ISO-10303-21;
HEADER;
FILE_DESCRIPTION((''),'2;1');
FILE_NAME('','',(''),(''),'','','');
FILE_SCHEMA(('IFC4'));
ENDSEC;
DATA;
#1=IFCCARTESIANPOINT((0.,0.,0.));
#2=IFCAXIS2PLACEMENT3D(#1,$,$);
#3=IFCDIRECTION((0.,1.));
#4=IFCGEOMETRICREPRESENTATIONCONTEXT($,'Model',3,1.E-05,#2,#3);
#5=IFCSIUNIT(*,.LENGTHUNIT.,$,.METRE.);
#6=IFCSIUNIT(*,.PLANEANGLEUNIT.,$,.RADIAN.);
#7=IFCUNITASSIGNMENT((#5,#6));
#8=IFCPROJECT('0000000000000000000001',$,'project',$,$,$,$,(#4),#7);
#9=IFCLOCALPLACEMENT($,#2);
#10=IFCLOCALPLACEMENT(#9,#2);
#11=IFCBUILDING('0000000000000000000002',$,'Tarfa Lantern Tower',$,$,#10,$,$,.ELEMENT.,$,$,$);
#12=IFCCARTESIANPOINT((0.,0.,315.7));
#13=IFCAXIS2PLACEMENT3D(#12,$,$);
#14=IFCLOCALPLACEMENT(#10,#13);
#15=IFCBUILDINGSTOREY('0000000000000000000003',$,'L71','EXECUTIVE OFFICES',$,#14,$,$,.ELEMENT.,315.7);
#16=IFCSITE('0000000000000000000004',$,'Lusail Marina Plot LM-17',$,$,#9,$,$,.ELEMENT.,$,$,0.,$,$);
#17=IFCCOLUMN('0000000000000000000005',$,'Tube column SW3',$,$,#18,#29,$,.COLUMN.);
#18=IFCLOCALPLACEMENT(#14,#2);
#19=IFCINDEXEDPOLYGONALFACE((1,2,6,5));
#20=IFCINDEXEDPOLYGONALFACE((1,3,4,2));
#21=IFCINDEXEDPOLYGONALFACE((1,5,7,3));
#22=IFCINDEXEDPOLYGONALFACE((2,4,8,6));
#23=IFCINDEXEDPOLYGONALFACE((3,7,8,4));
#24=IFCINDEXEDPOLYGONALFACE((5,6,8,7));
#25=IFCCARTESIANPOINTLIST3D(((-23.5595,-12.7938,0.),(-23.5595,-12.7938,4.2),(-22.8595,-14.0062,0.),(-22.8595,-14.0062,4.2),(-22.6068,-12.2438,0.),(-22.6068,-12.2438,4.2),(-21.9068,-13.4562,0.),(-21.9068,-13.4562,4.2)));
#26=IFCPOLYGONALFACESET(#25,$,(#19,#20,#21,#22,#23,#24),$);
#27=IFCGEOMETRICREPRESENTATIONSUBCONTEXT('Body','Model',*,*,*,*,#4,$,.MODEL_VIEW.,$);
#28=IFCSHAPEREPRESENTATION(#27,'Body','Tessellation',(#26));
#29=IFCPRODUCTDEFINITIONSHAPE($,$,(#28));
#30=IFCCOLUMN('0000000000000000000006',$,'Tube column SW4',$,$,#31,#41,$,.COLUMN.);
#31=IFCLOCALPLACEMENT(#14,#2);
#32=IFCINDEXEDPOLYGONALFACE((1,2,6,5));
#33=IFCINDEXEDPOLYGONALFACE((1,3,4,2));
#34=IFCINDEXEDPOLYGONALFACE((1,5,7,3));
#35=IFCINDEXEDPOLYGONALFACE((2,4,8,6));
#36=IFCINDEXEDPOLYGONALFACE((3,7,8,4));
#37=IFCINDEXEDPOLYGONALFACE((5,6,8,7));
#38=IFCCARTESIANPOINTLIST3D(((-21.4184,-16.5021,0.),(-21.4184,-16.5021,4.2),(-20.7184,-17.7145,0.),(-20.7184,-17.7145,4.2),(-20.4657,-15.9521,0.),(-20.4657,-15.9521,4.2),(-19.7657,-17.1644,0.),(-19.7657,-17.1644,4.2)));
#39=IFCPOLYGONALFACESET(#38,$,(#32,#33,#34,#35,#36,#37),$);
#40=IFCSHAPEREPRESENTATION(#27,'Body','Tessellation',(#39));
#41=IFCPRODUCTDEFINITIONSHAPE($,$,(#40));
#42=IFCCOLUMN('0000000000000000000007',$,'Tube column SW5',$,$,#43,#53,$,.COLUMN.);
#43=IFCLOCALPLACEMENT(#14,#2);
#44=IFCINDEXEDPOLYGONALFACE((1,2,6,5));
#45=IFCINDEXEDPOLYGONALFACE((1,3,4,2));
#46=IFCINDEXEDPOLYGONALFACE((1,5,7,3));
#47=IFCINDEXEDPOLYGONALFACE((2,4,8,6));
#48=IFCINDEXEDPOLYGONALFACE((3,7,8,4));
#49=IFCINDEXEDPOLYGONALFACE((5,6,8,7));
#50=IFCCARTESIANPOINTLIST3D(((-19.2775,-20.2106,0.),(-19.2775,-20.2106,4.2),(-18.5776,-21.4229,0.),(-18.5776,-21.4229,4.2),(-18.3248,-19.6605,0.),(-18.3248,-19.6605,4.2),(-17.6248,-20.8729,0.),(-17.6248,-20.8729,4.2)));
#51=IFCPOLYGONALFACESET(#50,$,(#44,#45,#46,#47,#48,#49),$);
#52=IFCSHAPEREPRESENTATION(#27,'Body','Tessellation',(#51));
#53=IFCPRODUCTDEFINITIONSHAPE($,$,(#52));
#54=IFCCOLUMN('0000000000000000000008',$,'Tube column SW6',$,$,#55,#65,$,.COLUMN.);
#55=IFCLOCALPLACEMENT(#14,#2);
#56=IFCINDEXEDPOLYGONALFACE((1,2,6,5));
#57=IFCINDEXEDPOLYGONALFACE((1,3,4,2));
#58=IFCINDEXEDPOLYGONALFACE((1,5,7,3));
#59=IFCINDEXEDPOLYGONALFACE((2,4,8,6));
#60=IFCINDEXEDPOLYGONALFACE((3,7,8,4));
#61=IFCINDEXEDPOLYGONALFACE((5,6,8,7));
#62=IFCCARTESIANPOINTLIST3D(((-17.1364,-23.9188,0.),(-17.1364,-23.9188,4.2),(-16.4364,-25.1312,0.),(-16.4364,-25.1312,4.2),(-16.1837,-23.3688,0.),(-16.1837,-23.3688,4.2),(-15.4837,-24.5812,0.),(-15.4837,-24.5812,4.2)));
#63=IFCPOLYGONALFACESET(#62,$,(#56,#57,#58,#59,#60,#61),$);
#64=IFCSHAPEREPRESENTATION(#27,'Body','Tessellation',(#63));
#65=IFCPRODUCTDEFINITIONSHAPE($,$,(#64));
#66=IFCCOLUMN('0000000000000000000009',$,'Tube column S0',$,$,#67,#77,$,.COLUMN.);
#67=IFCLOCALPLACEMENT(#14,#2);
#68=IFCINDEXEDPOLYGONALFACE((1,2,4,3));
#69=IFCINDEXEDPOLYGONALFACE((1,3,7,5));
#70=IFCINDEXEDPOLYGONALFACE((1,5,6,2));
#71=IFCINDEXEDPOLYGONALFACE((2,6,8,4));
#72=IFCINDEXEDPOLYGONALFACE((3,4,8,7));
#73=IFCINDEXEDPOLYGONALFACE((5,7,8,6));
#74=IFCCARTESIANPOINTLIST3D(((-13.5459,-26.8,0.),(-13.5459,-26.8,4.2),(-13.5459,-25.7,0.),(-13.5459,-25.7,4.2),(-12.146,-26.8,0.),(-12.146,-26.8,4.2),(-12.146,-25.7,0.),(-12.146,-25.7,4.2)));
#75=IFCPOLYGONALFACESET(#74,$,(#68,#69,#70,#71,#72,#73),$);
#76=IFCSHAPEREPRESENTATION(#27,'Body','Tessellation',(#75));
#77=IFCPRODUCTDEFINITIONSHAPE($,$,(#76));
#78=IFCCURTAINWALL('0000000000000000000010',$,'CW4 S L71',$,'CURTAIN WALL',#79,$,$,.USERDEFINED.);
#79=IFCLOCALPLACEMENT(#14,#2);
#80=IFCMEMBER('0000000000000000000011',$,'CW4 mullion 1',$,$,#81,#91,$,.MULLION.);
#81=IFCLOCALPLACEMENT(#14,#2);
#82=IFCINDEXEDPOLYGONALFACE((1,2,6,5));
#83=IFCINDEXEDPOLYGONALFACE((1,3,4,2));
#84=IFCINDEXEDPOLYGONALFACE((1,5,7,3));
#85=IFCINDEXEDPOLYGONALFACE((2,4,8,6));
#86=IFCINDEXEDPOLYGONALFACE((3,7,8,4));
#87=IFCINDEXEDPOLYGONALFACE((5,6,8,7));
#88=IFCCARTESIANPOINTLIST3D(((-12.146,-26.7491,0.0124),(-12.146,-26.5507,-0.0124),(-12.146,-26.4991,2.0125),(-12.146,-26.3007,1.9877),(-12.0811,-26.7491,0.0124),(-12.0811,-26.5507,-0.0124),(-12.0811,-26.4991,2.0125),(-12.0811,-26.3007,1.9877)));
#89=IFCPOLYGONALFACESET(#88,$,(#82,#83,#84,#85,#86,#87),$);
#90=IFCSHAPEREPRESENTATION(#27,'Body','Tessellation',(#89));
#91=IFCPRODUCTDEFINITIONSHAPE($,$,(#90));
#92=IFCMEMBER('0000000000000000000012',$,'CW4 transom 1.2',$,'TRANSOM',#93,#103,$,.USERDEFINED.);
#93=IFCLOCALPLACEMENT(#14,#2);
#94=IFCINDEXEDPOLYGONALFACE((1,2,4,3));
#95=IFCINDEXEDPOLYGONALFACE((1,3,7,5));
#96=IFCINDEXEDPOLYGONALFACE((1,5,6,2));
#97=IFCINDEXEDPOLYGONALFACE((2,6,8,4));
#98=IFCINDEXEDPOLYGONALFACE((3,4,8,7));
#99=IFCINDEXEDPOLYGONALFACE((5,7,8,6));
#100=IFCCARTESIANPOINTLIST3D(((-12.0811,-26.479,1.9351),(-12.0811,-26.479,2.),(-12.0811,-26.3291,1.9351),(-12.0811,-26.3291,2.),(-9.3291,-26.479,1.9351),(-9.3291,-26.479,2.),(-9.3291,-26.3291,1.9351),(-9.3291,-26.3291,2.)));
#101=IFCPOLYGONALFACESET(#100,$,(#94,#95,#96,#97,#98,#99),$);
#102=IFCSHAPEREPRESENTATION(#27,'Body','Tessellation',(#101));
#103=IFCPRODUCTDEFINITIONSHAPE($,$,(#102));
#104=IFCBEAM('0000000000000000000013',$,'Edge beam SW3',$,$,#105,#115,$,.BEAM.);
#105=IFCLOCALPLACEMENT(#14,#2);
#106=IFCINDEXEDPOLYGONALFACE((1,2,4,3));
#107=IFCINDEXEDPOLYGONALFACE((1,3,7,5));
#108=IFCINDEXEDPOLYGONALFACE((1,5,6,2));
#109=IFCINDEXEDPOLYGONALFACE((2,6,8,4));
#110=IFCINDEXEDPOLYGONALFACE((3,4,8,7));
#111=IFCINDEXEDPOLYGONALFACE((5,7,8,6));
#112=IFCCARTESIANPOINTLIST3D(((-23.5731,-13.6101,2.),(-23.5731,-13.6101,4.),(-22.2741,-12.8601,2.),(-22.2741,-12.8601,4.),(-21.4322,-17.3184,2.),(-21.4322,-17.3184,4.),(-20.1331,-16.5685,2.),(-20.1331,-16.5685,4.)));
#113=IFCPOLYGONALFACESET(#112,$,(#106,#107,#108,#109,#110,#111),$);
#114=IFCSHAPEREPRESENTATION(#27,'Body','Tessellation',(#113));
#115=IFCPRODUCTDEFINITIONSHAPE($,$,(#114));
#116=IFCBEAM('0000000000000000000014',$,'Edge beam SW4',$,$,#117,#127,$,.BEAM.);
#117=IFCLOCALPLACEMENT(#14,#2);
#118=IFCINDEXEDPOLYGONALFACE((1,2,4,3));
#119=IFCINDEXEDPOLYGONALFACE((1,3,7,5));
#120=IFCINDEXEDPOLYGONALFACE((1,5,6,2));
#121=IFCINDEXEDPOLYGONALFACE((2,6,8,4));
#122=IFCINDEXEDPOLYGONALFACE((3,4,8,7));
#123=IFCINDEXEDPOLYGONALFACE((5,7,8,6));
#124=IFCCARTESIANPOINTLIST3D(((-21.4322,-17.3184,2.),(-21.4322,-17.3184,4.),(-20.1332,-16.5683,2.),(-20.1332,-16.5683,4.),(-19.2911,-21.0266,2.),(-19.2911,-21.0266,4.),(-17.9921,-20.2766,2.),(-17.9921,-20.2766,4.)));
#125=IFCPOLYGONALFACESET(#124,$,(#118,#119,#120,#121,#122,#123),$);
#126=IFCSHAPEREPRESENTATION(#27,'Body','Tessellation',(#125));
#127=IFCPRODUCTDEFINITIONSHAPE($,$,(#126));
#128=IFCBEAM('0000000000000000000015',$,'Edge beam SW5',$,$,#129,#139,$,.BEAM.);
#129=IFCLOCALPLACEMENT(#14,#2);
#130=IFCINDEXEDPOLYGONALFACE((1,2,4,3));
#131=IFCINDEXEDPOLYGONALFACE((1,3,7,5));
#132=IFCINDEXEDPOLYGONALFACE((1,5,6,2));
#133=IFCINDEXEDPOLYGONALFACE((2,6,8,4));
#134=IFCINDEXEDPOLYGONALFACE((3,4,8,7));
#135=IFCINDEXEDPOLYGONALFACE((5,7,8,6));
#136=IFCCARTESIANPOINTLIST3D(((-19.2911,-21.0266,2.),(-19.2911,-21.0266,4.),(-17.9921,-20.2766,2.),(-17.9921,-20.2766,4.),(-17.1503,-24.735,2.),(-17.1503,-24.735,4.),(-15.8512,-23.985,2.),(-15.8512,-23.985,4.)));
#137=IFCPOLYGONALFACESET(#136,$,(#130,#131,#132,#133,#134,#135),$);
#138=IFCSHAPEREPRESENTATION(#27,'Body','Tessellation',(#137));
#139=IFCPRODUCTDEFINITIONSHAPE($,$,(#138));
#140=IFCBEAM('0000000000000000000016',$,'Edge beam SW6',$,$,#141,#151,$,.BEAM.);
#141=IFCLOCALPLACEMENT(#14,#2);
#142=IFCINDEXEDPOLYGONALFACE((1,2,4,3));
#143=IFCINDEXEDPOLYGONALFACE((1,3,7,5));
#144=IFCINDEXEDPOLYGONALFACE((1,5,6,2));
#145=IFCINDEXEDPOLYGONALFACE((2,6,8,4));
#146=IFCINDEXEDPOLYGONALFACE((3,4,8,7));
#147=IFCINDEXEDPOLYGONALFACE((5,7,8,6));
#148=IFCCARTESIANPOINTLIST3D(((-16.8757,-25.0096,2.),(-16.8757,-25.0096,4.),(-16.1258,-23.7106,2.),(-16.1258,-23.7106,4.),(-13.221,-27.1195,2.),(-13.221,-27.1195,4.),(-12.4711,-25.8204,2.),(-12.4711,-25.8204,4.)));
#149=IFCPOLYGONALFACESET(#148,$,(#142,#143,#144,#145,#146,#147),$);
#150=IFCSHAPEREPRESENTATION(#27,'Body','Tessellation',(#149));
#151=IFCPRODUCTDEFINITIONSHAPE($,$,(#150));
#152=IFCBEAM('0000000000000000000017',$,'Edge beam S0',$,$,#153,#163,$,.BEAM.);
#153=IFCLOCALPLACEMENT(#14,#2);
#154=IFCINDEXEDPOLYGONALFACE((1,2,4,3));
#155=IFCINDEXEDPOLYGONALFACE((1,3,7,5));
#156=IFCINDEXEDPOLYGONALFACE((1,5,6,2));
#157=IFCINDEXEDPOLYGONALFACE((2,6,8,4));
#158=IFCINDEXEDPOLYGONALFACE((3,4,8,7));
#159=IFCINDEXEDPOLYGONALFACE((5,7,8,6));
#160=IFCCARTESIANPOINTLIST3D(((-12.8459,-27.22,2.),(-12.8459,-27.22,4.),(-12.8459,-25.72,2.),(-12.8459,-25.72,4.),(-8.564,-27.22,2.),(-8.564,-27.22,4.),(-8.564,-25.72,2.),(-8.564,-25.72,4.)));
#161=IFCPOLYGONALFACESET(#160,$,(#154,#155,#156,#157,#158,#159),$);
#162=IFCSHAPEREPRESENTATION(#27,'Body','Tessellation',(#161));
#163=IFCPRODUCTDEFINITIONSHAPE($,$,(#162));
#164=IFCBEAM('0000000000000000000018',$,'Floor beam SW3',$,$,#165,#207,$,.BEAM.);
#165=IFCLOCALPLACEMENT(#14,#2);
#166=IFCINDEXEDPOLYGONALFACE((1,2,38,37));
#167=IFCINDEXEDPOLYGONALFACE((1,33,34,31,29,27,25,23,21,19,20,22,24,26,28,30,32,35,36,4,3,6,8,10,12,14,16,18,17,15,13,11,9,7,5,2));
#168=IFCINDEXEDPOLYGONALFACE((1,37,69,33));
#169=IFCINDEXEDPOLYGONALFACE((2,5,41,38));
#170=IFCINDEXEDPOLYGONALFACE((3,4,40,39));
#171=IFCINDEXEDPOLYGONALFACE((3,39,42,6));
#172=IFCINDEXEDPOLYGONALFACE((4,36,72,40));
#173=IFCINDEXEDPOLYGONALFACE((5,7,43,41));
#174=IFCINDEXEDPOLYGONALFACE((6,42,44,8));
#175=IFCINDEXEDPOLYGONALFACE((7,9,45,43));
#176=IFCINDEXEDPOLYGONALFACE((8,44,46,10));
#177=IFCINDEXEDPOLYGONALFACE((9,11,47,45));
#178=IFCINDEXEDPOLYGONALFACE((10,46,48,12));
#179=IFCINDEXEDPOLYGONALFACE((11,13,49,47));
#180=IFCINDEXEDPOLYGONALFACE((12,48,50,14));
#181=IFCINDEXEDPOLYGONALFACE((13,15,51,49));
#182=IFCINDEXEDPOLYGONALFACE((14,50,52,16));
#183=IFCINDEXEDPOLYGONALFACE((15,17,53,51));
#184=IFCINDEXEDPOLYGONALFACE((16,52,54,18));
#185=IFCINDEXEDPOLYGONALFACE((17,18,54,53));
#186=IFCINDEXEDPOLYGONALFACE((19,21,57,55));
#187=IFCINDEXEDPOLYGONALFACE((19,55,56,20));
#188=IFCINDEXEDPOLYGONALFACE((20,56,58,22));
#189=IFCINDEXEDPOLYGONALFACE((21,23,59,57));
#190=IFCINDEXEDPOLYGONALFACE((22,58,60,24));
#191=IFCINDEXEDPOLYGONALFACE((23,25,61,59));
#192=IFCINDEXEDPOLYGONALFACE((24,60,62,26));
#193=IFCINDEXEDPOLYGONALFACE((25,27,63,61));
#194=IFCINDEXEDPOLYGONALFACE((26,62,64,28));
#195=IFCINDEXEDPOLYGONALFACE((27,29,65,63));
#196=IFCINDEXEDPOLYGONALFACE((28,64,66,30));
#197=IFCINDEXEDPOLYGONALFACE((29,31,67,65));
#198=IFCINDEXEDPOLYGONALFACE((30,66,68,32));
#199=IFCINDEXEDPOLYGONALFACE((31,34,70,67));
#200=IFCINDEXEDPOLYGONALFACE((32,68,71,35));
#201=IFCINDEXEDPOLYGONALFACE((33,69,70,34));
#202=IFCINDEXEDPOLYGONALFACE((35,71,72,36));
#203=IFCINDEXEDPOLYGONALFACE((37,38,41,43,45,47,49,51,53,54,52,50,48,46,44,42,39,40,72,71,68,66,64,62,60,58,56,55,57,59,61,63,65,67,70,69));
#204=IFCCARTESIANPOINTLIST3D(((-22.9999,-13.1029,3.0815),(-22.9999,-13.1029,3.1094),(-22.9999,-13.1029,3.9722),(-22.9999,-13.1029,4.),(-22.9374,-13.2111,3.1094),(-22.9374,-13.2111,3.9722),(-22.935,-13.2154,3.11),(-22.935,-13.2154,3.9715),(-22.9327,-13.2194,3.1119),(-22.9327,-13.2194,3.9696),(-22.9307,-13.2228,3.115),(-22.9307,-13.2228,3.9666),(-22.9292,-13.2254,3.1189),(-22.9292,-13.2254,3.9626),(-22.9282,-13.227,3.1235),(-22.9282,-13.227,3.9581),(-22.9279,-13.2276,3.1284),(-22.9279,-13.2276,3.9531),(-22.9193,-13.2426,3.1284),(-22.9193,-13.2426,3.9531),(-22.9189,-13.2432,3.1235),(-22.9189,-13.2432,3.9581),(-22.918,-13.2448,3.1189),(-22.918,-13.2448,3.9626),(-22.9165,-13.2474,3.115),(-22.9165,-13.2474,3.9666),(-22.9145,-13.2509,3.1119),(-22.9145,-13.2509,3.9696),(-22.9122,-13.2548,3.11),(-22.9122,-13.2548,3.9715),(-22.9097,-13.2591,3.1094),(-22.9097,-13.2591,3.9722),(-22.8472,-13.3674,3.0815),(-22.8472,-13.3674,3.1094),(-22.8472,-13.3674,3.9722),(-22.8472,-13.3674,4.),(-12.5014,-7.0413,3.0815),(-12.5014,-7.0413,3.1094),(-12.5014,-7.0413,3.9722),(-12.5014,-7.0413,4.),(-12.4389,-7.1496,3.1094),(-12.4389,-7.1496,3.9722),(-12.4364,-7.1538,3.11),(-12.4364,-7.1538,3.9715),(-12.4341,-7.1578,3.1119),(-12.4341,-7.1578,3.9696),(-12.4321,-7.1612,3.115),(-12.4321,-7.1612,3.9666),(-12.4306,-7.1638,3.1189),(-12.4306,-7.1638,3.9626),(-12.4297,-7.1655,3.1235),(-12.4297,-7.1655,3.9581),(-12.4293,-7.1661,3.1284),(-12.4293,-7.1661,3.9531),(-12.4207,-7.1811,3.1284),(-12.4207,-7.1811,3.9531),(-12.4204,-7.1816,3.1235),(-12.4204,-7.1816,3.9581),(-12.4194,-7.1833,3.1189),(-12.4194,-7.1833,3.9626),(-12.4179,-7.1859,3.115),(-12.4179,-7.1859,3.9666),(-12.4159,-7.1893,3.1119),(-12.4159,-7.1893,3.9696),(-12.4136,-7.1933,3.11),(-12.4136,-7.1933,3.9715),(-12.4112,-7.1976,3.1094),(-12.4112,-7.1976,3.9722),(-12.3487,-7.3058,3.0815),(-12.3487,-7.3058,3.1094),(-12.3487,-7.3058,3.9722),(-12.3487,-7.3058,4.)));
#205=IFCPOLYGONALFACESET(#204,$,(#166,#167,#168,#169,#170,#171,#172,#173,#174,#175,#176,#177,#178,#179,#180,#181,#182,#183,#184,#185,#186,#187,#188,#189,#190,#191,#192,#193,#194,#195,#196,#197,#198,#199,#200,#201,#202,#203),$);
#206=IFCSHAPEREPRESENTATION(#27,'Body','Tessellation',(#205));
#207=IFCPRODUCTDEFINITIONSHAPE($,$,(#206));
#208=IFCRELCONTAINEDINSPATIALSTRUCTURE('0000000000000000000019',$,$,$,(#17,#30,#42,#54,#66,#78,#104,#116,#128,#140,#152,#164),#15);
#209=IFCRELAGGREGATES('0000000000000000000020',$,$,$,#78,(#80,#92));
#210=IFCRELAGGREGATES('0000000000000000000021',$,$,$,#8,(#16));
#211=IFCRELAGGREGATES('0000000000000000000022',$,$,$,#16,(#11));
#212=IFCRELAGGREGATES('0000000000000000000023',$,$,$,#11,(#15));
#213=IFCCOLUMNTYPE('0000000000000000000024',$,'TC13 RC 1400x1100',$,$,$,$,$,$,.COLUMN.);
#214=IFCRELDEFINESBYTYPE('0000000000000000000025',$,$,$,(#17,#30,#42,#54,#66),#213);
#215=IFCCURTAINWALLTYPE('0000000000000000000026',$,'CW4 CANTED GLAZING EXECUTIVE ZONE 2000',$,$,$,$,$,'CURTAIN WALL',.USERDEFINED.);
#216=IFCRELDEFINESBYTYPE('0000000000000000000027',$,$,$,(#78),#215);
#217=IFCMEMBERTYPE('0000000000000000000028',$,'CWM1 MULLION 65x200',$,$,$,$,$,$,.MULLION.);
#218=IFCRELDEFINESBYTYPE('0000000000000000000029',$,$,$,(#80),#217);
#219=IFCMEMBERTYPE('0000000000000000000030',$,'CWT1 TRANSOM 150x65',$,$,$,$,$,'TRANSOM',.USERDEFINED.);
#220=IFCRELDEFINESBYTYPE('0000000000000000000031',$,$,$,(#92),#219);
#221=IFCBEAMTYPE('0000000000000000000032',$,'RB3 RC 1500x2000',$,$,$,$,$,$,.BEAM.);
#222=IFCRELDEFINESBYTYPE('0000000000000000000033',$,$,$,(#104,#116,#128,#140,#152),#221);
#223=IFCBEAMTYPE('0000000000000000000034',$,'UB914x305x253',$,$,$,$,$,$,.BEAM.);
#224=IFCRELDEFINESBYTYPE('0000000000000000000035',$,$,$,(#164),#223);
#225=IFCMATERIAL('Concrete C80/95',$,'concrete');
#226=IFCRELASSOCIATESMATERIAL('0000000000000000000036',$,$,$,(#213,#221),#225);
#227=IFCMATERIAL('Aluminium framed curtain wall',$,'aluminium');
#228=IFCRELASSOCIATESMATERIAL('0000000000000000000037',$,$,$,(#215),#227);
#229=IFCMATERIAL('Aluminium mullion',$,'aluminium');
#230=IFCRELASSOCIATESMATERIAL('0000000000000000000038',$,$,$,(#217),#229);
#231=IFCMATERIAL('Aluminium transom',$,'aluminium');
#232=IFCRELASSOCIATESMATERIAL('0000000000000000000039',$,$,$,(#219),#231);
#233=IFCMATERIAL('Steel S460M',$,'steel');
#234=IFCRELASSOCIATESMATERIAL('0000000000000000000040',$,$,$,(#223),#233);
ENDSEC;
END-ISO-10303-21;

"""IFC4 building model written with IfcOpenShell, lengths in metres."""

from ifc_helpers import new_model, si_unit, direction, frame, origin, origin_2d, place, context, subcontext, project, spatial, rectangle, i_section, extrude, material, material_profile, profile_set, type_object, element, aggregate, save


model = new_model("IFC4")

# Units and contexts
model_context = context("Model", 3, precision=1e-05, world=origin(), true_north=direction((0.0, 1.0)))
body_context = subcontext(model_context, "Body", "Model", "MODEL_VIEW")
ifc_project = project(units=[si_unit("LENGTHUNIT", "METRE"), si_unit("PLANEANGLEUNIT", "RADIAN")], contexts=[model_context])

# Site, building, storey
site_placement = place(None, origin())
site = spatial("IfcSite", under=ifc_project, at=site_placement, Name="Lusail Marina Plot LM-17", CompositionType="ELEMENT", RefElevation=0.0)
building_placement = place(site_placement, origin())
building = spatial("IfcBuilding", under=site, at=building_placement, Name="Tarfa Lantern Tower", CompositionType="ELEMENT")
storey_placement = place(building_placement, frame((0.0, 0.0, 315.7)))
storey = spatial("IfcBuildingStorey", under=building, at=storey_placement, Name="L71", Description="EXECUTIVE OFFICES", CompositionType="ELEMENT", Elevation=315.7)

# Columns
ifc_material_1 = material(Name="Concrete C80/95", Category="concrete")
ifc_material_profile_1 = material_profile(ifc_material_1, rectangle(XDim=1.3999, YDim=1.1001, at=origin_2d()), Name="RC 1400x1100")
ifc_profile_set_1 = profile_set([ifc_material_profile_1], Name="Concrete C80/95")
column_type = type_object("IfcColumnType", Name="TC13 RC 1400x1100", PredefinedType="COLUMN", material=ifc_profile_set_1)
for number, where, z_axis, x_axis, name in (
    (1, (-22.7332, -13.125, 0.0), (0.0, 0.0, 1.0), (0.5, -0.866025, 0.0), "Tube column SW3"),
    (2, (-20.592, -16.8333, 0.0), (0.0, 0.0, 1.0), (0.5, -0.866025, 0.0), "Tube column SW4"),
    (3, (-18.4512, -20.5417, 0.0), (0.0, 0.0, 1.0), (0.5, -0.866025, 0.0), "Tube column SW5"),
    (4, (-16.3101, -24.25, 0.0), (0.0, 0.0, 1.0), (0.5, -0.866025, 0.0), "Tube column SW6"),
    (5, (-12.8459, -26.25, 0.0), (0.0, 0.0, 1.0), (1.0, 0.0, 0.0), "Tube column S0"),
):
    element("IfcColumn", number, at=place(storey_placement, frame(where, z_axis=z_axis, x_axis=x_axis)), inside=storey, type_object=column_type, Name=name, PredefinedType="COLUMN", context=body_context, shape_type="SweptSolid", body=[
        extrude(rectangle(XDim=1.3999, YDim=1.1001, at=origin_2d()), origin(), (0.0, 0.0, 1.0), 4.2),
    ])

# Curtain wall, members
ifc_material_2 = material(Name="Aluminium framed curtain wall", Category="aluminium")
curtain_wall_type = type_object("IfcCurtainWallType", Name="CW4 CANTED GLAZING EXECUTIVE ZONE 2000", ElementType="CURTAIN WALL", PredefinedType="USERDEFINED", material=ifc_material_2)
curtain_wall_placement = place(storey_placement, origin())
curtain_wall = element("IfcCurtainWall", 6, at=curtain_wall_placement, inside=storey, type_object=curtain_wall_type, Name="CW4 S L71", ObjectType="CURTAIN WALL", PredefinedType="USERDEFINED")
ifc_material_3 = material(Name="Aluminium mullion", Category="aluminium")
ifc_material_profile_2 = material_profile(ifc_material_3, rectangle(XDim=0.0649, YDim=0.2, at=origin_2d()), Name="AL MULLION 65x200")
ifc_profile_set_2 = profile_set([ifc_material_profile_2], Name="Aluminium mullion")
member_type_1 = type_object("IfcMemberType", Name="CWM1 MULLION 65x200", PredefinedType="MULLION", material=ifc_profile_set_2)
member_1_placement = place(storey_placement, frame((-12.1135, -26.6499, 0.0), z_axis=(0.0, 0.124035, 0.992278), x_axis=(-1.0, 0.0, 0.0)))
member_1 = element("IfcMember", 7, at=member_1_placement, type_object=member_type_1, Name="CW4 mullion 1", PredefinedType="MULLION", context=body_context, shape_type="SweptSolid", body=[
    extrude(rectangle(XDim=0.0649, YDim=0.2, at=origin_2d()), origin(), (0.0, 0.0, 1.0), 2.0156),
])
ifc_material_4 = material(Name="Aluminium transom", Category="aluminium")
ifc_material_profile_3 = material_profile(ifc_material_4, rectangle(XDim=0.1499, YDim=0.0649, at=origin_2d()), Name="AL TRANSOM 150x65")
ifc_profile_set_3 = profile_set([ifc_material_profile_3], Name="Aluminium transom")
member_type_2 = type_object("IfcMemberType", Name="CWT1 TRANSOM 150x65", ElementType="TRANSOM", PredefinedType="USERDEFINED", material=ifc_profile_set_3)
member_2_placement = place(storey_placement, frame((-12.0811, -26.4041, 1.9675), z_axis=(1.0, 0.0, 0.0), x_axis=(0.0, 1.0, 0.0)))
member_2 = element("IfcMember", 8, at=member_2_placement, type_object=member_type_2, Name="CW4 transom 1.2", ObjectType="TRANSOM", PredefinedType="USERDEFINED", context=body_context, shape_type="SweptSolid", body=[
    extrude(rectangle(XDim=0.1499, YDim=0.0649, at=origin_2d()), origin(), (0.0, 0.0, 1.0), 2.752),
])

# Beams
ifc_material_profile_4 = material_profile(ifc_material_1, rectangle(XDim=1.5, YDim=2.0, at=origin_2d()), Name="RC 1500x2000")
ifc_profile_set_4 = profile_set([ifc_material_profile_4], Name="Concrete C80/95")
beam_type_1 = type_object("IfcBeamType", Name="RB3 RC 1500x2000", PredefinedType="BEAM", material=ifc_profile_set_4)
for number, where, z_axis, x_axis, name in (
    (9, (-22.9236, -13.2351, 3.0), (0.499984, -0.866035, 0.0), (0.866035, 0.499984, 0.0), "Edge beam SW3"),
    (10, (-20.7827, -16.9434, 3.0), (0.500027, -0.86601, 0.0), (0.86601, 0.500027, 0.0), "Edge beam SW4"),
    (11, (-18.6416, -20.6516, 3.0), (0.499959, -0.866049, 0.0), (0.866049, 0.499959, 0.0), "Edge beam SW5"),
):
    element("IfcBeam", number, at=place(storey_placement, frame(where, z_axis=z_axis, x_axis=x_axis)), inside=storey, type_object=beam_type_1, Name=name, PredefinedType="BEAM", context=body_context, shape_type="SweptSolid", body=[
        extrude(rectangle(XDim=1.5, YDim=2.0, at=origin_2d()), origin(), (0.0, 0.0, 1.0), 4.282),
    ])
beam_1_placement = place(storey_placement, frame((-16.5007, -24.3601, 3.0), z_axis=(0.866049, -0.499959, 0.0), x_axis=(0.499959, 0.866049, 0.0)))
element("IfcBeam", 12, at=beam_1_placement, inside=storey, type_object=beam_type_1, Name="Edge beam SW6", PredefinedType="BEAM", context=body_context, shape_type="SweptSolid", body=[
    extrude(rectangle(XDim=1.5, YDim=2.0, at=origin_2d()), origin(), (0.0, 0.0, 1.0), 4.22),
])
beam_2_placement = place(storey_placement, frame((-12.8459, -26.47, 3.0), z_axis=(1.0, 0.0, 0.0), x_axis=(0.0, 1.0, 0.0)))
element("IfcBeam", 13, at=beam_2_placement, inside=storey, type_object=beam_type_1, Name="Edge beam S0", PredefinedType="BEAM", context=body_context, shape_type="SweptSolid", body=[
    extrude(rectangle(XDim=1.5, YDim=2.0, at=origin_2d()), origin(), (0.0, 0.0, 1.0), 4.282),
])
ifc_material_5 = material(Name="Steel S460M", Category="steel")
ifc_material_profile_5 = material_profile(ifc_material_5, i_section(OverallWidth=0.3054, OverallDepth=0.9185, WebThickness=0.0173, FlangeThickness=0.0278, FilletRadius=0.019, at=origin_2d()), Name="UB914x305x253")
ifc_profile_set_5 = profile_set([ifc_material_profile_5], Name="Steel S460M")
beam_type_2 = type_object("IfcBeamType", Name="UB914x305x253", PredefinedType="BEAM", material=ifc_profile_set_5)
beam_3_placement = place(storey_placement, frame((-22.9236, -13.2351, 3.5408), z_axis=(0.866019, 0.500012, 0.0), x_axis=(-0.500012, 0.866019, 0.0)))
element("IfcBeam", 14, at=beam_3_placement, inside=storey, type_object=beam_type_2, Name="Floor beam SW3", PredefinedType="BEAM", context=body_context, shape_type="SweptSolid", body=[
    extrude(i_section(OverallWidth=0.3054, OverallDepth=0.9185, WebThickness=0.0173, FlangeThickness=0.0278, FilletRadius=0.019, at=origin_2d()), origin(), (0.0, 0.0, 1.0), 12.1228),
])

aggregate(curtain_wall, [member_1, member_2])

save(model, "model.ifc")
